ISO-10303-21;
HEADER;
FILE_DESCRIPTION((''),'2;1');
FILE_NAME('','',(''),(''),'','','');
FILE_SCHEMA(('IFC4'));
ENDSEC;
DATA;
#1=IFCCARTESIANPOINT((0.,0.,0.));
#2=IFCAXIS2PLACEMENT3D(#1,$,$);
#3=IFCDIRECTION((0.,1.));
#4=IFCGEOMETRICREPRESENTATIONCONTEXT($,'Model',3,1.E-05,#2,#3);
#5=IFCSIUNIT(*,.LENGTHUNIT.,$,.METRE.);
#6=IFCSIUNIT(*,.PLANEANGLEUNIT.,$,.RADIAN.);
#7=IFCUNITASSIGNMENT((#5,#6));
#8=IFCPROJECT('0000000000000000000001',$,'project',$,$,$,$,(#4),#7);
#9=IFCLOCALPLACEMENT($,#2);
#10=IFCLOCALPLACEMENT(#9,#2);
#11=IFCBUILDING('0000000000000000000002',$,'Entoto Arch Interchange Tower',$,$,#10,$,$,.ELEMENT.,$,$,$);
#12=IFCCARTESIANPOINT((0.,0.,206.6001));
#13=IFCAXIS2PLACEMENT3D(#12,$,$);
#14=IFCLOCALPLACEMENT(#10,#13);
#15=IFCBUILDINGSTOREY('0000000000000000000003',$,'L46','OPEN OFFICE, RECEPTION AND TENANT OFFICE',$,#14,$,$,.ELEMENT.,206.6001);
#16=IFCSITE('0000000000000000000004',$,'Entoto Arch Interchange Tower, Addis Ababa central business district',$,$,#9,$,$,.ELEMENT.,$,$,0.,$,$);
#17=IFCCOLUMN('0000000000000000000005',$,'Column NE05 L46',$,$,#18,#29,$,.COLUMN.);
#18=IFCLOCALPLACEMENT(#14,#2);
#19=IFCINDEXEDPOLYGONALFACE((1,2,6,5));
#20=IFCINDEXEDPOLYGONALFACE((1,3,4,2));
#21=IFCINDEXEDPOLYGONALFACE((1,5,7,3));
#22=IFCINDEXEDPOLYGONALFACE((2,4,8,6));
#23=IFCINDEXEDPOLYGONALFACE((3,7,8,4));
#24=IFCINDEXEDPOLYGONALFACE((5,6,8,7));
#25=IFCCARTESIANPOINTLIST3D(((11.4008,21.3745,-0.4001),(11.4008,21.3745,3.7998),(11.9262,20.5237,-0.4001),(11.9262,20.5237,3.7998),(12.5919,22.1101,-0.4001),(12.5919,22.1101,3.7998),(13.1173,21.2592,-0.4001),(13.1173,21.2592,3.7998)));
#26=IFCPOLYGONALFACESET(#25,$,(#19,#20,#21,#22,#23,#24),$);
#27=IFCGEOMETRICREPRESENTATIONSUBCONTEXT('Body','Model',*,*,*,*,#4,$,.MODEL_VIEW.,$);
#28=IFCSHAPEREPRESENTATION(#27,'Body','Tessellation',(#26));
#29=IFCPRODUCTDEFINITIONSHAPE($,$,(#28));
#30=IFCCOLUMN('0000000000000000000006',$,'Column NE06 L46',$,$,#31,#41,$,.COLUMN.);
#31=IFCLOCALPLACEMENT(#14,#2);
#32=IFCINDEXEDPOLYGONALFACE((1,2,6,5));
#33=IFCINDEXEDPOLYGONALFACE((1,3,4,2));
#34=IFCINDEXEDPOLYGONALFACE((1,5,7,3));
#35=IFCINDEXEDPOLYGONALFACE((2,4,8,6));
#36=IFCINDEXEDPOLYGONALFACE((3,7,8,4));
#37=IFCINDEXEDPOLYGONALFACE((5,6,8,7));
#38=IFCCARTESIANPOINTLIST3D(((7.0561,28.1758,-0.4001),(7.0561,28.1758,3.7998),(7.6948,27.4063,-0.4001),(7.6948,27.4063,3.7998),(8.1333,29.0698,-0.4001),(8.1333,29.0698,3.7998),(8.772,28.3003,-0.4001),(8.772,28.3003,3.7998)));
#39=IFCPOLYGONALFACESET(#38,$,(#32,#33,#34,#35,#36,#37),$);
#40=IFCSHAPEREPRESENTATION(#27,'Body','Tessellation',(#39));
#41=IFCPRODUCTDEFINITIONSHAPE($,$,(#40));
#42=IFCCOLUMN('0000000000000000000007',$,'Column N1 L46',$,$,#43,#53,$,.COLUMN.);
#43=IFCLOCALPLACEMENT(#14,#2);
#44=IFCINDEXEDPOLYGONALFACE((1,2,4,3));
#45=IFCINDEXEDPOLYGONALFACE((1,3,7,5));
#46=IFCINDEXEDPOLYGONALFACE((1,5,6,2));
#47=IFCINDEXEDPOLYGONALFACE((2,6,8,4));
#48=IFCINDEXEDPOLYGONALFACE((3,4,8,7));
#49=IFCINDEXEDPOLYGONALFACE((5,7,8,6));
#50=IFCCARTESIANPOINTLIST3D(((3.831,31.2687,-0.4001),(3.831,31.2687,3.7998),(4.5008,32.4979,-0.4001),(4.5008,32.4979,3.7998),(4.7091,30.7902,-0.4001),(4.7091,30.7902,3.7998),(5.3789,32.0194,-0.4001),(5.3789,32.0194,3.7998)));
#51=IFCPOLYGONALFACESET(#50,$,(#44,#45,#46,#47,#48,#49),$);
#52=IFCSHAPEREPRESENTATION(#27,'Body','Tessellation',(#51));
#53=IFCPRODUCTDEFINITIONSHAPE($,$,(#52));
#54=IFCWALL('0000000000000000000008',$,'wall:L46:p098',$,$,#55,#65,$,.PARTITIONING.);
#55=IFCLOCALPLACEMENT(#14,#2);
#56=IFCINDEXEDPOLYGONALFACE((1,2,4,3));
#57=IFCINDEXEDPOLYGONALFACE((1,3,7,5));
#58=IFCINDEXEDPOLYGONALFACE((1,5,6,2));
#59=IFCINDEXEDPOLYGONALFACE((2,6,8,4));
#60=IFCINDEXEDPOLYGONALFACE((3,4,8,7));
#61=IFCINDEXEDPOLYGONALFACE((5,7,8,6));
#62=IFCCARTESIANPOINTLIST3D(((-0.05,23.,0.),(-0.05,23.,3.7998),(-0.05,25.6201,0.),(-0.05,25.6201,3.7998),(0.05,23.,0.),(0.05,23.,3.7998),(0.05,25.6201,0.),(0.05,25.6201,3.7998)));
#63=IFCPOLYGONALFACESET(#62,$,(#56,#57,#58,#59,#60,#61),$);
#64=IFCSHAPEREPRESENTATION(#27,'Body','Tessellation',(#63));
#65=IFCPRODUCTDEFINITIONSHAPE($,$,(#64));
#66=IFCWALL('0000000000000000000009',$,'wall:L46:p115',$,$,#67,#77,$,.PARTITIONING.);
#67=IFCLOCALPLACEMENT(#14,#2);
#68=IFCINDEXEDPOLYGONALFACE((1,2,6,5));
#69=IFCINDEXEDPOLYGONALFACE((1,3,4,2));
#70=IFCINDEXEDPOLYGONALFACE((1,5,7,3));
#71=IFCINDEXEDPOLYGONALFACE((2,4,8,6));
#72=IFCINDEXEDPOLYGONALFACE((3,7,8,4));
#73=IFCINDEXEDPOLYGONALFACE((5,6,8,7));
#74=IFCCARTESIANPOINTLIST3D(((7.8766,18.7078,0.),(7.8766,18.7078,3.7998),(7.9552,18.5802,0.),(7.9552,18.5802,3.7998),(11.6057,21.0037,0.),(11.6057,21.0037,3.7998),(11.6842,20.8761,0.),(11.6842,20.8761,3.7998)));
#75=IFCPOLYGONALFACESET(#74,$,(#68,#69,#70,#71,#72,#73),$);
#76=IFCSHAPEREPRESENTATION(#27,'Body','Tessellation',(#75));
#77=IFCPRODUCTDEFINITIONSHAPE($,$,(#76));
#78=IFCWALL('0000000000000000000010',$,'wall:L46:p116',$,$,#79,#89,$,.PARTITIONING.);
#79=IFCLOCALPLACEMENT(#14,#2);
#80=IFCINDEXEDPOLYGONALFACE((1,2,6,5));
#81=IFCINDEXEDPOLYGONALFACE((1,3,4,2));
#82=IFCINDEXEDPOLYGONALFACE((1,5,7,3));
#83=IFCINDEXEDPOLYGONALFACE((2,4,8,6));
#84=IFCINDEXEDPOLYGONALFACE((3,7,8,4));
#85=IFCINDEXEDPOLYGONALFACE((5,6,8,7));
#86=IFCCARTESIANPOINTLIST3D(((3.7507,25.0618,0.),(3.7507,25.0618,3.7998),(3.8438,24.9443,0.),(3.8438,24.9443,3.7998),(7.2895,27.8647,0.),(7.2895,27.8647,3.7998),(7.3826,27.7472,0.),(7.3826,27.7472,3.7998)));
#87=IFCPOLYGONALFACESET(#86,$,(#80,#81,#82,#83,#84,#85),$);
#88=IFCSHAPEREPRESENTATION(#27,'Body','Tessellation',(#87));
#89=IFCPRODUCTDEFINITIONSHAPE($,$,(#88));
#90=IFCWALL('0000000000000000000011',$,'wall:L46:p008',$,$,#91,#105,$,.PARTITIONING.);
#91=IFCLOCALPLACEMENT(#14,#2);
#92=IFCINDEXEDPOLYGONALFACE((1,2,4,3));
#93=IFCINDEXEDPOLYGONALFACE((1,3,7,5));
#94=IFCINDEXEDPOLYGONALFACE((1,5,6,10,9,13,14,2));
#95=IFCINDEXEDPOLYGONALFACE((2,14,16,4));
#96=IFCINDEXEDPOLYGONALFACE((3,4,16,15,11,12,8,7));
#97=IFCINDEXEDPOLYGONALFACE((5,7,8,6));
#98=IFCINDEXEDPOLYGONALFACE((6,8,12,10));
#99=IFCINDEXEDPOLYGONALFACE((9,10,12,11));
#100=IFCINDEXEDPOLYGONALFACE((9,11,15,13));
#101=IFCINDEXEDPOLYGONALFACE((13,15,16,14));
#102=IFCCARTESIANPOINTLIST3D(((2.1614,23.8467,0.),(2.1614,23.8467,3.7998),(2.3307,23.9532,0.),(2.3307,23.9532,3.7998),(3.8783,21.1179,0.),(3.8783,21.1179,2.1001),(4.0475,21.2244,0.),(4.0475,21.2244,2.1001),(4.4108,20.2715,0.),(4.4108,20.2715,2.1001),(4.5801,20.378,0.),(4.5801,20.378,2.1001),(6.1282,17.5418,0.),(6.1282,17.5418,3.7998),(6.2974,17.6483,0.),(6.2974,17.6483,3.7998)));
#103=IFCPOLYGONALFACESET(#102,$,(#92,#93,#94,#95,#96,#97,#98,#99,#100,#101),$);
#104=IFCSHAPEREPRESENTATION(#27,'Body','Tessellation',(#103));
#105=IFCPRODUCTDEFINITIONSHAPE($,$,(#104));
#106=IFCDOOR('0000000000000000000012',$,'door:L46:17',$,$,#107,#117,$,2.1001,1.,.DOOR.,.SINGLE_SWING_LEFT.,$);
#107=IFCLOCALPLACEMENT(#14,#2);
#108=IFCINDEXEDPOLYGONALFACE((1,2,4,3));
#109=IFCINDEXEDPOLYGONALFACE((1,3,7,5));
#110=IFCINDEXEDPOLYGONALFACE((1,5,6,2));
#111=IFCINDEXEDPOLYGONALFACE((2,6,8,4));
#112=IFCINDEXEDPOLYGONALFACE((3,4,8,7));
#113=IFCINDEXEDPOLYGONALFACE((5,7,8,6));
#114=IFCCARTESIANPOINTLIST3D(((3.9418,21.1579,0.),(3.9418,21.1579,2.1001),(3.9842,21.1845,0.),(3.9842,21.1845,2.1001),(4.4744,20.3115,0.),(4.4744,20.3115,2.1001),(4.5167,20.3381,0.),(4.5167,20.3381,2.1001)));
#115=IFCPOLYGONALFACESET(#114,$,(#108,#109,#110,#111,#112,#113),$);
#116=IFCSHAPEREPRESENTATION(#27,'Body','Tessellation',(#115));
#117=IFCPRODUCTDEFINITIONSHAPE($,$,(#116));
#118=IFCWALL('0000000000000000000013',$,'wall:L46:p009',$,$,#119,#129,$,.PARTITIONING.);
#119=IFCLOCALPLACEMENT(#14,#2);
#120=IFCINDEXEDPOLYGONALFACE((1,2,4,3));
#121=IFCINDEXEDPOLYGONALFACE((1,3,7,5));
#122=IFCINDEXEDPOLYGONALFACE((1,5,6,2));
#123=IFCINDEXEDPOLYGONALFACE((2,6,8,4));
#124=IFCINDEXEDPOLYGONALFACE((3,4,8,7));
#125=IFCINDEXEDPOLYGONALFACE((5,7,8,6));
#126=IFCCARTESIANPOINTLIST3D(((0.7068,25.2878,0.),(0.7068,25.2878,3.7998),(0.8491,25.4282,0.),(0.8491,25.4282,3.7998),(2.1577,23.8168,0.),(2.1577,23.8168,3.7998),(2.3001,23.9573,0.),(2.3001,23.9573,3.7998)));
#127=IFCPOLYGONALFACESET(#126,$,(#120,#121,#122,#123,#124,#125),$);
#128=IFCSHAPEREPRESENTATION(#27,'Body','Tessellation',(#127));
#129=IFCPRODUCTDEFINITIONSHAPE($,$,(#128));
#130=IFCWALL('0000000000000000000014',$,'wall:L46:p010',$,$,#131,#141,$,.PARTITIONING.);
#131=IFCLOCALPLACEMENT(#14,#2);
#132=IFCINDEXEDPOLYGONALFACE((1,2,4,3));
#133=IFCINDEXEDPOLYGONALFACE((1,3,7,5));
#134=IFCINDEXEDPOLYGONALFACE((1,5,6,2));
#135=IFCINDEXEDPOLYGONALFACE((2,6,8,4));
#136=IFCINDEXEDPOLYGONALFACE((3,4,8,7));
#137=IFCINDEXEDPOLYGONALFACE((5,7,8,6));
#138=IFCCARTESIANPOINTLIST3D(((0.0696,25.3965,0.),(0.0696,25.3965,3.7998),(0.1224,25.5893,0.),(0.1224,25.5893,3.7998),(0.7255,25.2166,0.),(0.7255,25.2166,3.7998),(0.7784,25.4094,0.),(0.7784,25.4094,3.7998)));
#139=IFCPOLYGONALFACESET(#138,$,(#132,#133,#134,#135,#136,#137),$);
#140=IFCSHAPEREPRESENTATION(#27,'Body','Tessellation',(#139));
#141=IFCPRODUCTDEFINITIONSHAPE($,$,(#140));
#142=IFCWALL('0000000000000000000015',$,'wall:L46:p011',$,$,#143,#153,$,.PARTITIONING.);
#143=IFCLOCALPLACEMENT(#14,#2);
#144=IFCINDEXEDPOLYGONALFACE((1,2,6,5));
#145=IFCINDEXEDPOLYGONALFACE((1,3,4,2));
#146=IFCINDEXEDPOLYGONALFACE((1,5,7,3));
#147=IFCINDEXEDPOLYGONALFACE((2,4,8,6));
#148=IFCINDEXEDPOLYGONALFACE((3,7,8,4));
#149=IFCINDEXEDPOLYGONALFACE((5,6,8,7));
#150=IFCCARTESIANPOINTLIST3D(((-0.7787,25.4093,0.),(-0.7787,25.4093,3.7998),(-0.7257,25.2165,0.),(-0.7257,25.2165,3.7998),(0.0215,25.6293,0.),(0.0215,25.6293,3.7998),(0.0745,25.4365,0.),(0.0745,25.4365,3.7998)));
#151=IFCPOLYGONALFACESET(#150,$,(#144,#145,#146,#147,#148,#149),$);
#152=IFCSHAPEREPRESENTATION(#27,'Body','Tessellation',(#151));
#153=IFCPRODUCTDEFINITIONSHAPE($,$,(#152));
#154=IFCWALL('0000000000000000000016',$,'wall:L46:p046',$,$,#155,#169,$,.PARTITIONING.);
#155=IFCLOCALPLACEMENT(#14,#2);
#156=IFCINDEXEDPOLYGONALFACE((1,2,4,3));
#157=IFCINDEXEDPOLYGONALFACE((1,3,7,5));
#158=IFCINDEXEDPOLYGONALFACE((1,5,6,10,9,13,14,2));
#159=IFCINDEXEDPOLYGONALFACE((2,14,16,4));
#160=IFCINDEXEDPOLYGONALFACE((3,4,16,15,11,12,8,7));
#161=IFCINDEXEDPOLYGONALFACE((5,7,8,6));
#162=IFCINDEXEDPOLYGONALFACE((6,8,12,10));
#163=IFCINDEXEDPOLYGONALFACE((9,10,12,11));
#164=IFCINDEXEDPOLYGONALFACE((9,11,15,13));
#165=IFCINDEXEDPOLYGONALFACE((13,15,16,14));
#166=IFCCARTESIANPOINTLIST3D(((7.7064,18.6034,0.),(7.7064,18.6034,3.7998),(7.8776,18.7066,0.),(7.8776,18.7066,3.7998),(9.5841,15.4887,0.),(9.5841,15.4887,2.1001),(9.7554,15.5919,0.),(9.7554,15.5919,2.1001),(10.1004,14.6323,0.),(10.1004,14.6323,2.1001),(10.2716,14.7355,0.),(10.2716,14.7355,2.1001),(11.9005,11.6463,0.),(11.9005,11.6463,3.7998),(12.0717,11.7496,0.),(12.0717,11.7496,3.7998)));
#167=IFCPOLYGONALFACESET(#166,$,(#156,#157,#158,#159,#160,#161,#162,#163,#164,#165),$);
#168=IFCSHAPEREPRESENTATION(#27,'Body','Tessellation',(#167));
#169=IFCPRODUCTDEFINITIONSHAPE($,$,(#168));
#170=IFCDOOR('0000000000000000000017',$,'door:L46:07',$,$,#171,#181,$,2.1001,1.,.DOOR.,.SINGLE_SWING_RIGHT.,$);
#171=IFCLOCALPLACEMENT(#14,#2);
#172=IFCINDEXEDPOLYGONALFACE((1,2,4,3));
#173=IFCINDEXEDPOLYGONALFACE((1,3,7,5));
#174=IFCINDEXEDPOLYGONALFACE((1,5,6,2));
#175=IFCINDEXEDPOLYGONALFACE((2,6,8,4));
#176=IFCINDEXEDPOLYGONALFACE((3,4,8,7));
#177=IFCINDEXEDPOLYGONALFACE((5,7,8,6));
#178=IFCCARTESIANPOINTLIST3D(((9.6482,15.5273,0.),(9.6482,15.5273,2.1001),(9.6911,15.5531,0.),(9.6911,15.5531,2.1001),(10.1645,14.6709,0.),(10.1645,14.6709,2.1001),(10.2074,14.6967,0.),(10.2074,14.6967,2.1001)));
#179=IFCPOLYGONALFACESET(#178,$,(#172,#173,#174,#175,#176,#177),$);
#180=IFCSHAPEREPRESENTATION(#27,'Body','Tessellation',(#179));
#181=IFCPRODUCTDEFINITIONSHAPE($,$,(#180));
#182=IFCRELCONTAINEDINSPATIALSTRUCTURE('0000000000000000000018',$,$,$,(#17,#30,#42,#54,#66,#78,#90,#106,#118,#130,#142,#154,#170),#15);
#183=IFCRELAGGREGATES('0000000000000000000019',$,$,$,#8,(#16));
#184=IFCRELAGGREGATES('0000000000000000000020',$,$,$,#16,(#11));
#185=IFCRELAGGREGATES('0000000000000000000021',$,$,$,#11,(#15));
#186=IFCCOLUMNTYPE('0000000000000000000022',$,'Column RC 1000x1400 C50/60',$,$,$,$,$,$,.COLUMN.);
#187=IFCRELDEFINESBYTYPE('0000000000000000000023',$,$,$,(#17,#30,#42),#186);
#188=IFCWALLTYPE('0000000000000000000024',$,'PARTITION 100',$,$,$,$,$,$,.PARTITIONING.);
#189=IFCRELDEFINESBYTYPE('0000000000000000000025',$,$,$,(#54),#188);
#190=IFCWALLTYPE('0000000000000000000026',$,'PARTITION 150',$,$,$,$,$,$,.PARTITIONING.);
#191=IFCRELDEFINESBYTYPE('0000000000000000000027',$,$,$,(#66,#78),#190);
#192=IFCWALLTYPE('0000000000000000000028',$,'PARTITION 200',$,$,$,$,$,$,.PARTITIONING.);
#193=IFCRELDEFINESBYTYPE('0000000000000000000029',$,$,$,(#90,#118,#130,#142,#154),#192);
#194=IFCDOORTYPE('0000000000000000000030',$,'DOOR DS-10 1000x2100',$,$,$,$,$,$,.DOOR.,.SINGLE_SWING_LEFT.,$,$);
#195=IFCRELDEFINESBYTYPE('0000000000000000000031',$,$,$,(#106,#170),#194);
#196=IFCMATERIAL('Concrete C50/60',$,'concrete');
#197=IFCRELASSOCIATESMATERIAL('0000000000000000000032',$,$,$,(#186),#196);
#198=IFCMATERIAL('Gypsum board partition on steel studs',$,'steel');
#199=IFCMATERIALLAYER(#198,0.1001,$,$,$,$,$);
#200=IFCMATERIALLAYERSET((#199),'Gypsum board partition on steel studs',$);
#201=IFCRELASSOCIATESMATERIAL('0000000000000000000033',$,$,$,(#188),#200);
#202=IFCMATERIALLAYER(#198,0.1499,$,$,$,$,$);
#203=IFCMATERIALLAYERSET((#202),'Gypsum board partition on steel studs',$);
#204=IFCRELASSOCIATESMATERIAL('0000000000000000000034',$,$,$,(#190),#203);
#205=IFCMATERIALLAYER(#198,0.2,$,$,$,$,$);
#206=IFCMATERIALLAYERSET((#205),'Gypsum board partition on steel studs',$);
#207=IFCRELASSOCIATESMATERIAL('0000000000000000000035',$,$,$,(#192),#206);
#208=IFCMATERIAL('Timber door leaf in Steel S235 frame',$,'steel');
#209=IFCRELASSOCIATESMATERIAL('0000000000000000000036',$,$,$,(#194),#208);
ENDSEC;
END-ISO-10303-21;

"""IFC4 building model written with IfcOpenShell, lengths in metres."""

from ifc_helpers import new_model, si_unit, direction, frame, frame_2d, origin, origin_2d, place, context, subcontext, project, spatial, rectangle, extrude, material, layer, layer_set, material_profile, profile_set, type_object, element, fill, save


model = new_model("IFC4")

# Units and contexts
model_context = context("Model", 3, precision=1e-05, world=origin(), true_north=direction((0.0, 1.0)))
body_context = subcontext(model_context, "Body", "Model", "MODEL_VIEW")
ifc_project = project(units=[si_unit("LENGTHUNIT", "METRE"), si_unit("PLANEANGLEUNIT", "RADIAN")], contexts=[model_context])

# Site, building, storey
site_placement = place(None, origin())
site = spatial("IfcSite", under=ifc_project, at=site_placement, Name="Entoto Arch Interchange Tower, Addis Ababa central business district", CompositionType="ELEMENT", RefElevation=0.0)
building_placement = place(site_placement, origin())
building = spatial("IfcBuilding", under=site, at=building_placement, Name="Entoto Arch Interchange Tower", CompositionType="ELEMENT")
storey_placement = place(building_placement, frame((0.0, 0.0, 206.6001)))
storey = spatial("IfcBuildingStorey", under=building, at=storey_placement, Name="L46", Description="OPEN OFFICE, RECEPTION AND TENANT OFFICE", CompositionType="ELEMENT", Elevation=206.6001)

# Columns
ifc_material_1 = material(Name="Concrete C50/60", Category="concrete")
ifc_material_profile = material_profile(ifc_material_1, rectangle(XDim=1.0, YDim=1.3999, at=origin_2d()))
ifc_profile_set = profile_set([ifc_material_profile], Name="Concrete C50/60")
column_type = type_object("IfcColumnType", Name="Column RC 1000x1400 C50/60", PredefinedType="COLUMN", material=ifc_profile_set)
for number, where, z_axis, x_axis, name in (
    (1, (12.259, 21.3169, -0.4001), (0.0, 0.0, 1.0), (-0.525427, 0.850839, 0.0), "Column NE05 L46"),
    (2, (7.9141, 28.238, -0.4001), (0.0, 0.0, 1.0), (-0.63866, 0.769489, 0.0), "Column NE06 L46"),
    (3, (4.605, 31.644, -0.4001), (0.0, 0.0, 1.0), (-0.8781, 0.478477, 0.0), "Column N1 L46"),
):
    element("IfcColumn", number, at=place(storey_placement, frame(where, z_axis=z_axis, x_axis=x_axis)), inside=storey, type_object=column_type, Name=name, PredefinedType="COLUMN", context=body_context, shape_type="SweptSolid", body=[
        extrude(rectangle(XDim=1.0, YDim=1.3999, at=origin_2d()), origin(), (0.0, 0.0, 1.0), 4.2),
    ])

# Walls
ifc_material_2 = material(Name="Gypsum board partition on steel studs", Category="steel")
ifc_layer_1 = layer(ifc_material_2, 0.1001)
ifc_layer_set_1 = layer_set([ifc_layer_1], Name="Gypsum board partition on steel studs")
wall_type_1 = type_object("IfcWallType", Name="PARTITION 100", PredefinedType="PARTITIONING", material=ifc_layer_set_1)
wall_1_placement = place(storey_placement, frame((0.0, 23.0, 0.0), z_axis=(0.0, 0.0, 1.0), x_axis=(0.0, 1.0, 0.0)))
element("IfcWall", 4, at=wall_1_placement, inside=storey, type_object=wall_type_1, Name="wall:L46:p098", PredefinedType="PARTITIONING", context=body_context, shape_type="SweptSolid", body=[
    extrude(rectangle(XDim=2.6201, YDim=0.1001, at=frame_2d((1.3101, 0.0))), origin(), (0.0, 0.0, 1.0), 3.7998),
])
ifc_layer_2 = layer(ifc_material_2, 0.1499)
ifc_layer_set_2 = layer_set([ifc_layer_2], Name="Gypsum board partition on steel studs")
wall_type_2 = type_object("IfcWallType", Name="PARTITION 150", PredefinedType="PARTITIONING", material=ifc_layer_set_2)
wall_2_placement = place(storey_placement, frame((7.916, 18.644, 0.0), z_axis=(0.0, 0.0, 1.0), x_axis=(0.851543, 0.524284, 0.0)))
element("IfcWall", 5, at=wall_2_placement, inside=storey, type_object=wall_type_2, Name="wall:L46:p115", PredefinedType="PARTITIONING", context=body_context, shape_type="SweptSolid", body=[
    extrude(rectangle(XDim=4.3792, YDim=0.1499, at=frame_2d((2.1895, 0.0))), origin(), (0.0, 0.0, 1.0), 3.7998),
])
wall_3_placement = place(storey_placement, frame((3.7971, 25.0029, 0.0), z_axis=(0.0, 0.0, 1.0), x_axis=(0.783893, 0.620895, 0.0)))
element("IfcWall", 6, at=wall_3_placement, inside=storey, type_object=wall_type_2, Name="wall:L46:p116", PredefinedType="PARTITIONING", context=body_context, shape_type="SweptSolid", body=[
    extrude(rectangle(XDim=4.5144, YDim=0.1499, at=frame_2d((2.2573, 0.0))), origin(), (0.0, 0.0, 1.0), 3.7998),
])

# Wall, opening, door
ifc_layer_3 = layer(ifc_material_2, 0.2)
ifc_layer_set_3 = layer_set([ifc_layer_3], Name="Gypsum board partition on steel studs")
wall_type_3 = type_object("IfcWallType", Name="PARTITION 200", PredefinedType="PARTITIONING", material=ifc_layer_set_3)
wall_4_placement = place(storey_placement, frame((6.2129, 17.595, 0.0), z_axis=(0.0, 0.0, 1.0), x_axis=(-0.532527, 0.846413, 0.0)))
wall_4 = element("IfcWall", 7, at=wall_4_placement, inside=storey, type_object=wall_type_3, Name="wall:L46:p008", PredefinedType="PARTITIONING", context=body_context, shape_type="SweptSolid", body=[
    extrude(rectangle(XDim=7.449, YDim=0.2, at=frame_2d((3.7246, 0.0))), origin(), (0.0, 0.0, 1.0), 3.7998),
])
opening_1_placement = place(wall_4_placement, frame((3.2251, 0.0, 0.0)))
opening_1 = element("IfcOpeningElement", 8, at=opening_1_placement, cuts=wall_4, PredefinedType="OPENING", context=body_context, shape_type="SweptSolid", body=[
    extrude(rectangle(XDim=1.0, YDim=2.1001, at=frame_2d((0.5, 1.05))), frame((0.0, 0.1099, 0.0), z_axis=(0.0, -1.0, 0.0), x_axis=(1.0, 0.0, 0.0)), (0.0, 0.0, 1.0), 0.22),
])
ifc_material_3 = material(Name="Timber door leaf in Steel S235 frame", Category="steel")
door_type = type_object("IfcDoorType", Name="DOOR DS-10 1000x2100", OperationType="SINGLE_SWING_LEFT", PredefinedType="DOOR", material=ifc_material_3)
door_1_placement = place(opening_1_placement, origin())
door_1 = element("IfcDoor", 9, at=door_1_placement, inside=storey, type_object=door_type, Name="door:L46:17", OperationType="SINGLE_SWING_LEFT", OverallHeight=2.1001, OverallWidth=1.0, PredefinedType="DOOR", context=body_context, shape_type="SweptSolid", body=[
    extrude(rectangle(XDim=1.0, YDim=2.1001, at=frame_2d((0.5, 1.05))), frame((0.0, 0.0249, 0.0), z_axis=(0.0, -1.0, 0.0), x_axis=(1.0, 0.0, 0.0)), (0.0, 0.0, 1.0), 0.05),
])
fill(opening_1, door_1)

# Walls
wall_5_placement = place(storey_placement, frame((2.229, 23.887, 0.0), z_axis=(0.0, 0.0, 1.0), x_axis=(-0.702245, 0.711935, 0.0)))
element("IfcWall", 10, at=wall_5_placement, inside=storey, type_object=wall_type_3, Name="wall:L46:p009", PredefinedType="PARTITIONING", context=body_context, shape_type="SweptSolid", body=[
    extrude(rectangle(XDim=2.0662, YDim=0.2, at=frame_2d((1.0332, 0.0))), origin(), (0.0, 0.0, 1.0), 3.7998),
])
wall_6_placement = place(storey_placement, frame((0.752, 25.313, 0.0), z_axis=(0.0, 0.0, 1.0), x_axis=(-0.964382, 0.264514, 0.0)))
element("IfcWall", 11, at=wall_6_placement, inside=storey, type_object=wall_type_3, Name="wall:L46:p010", PredefinedType="PARTITIONING", context=body_context, shape_type="SweptSolid", body=[
    extrude(rectangle(XDim=0.6802, YDim=0.2, at=frame_2d((0.3401, 0.0))), origin(), (0.0, 0.0, 1.0), 3.7998),
])
wall_7_placement = place(storey_placement, frame((0.0481, 25.533, 0.0), z_axis=(0.0, 0.0, 1.0), x_axis=(-0.964219, -0.265109, 0.0)))
element("IfcWall", 12, at=wall_7_placement, inside=storey, type_object=wall_type_3, Name="wall:L46:p011", PredefinedType="PARTITIONING", context=body_context, shape_type="SweptSolid", body=[
    extrude(rectangle(XDim=0.8298, YDim=0.2, at=frame_2d((0.415, 0.0))), origin(), (0.0, 0.0, 1.0), 3.7998),
])

# Wall, opening, door
wall_8_placement = place(storey_placement, frame((7.792, 18.655, 0.0), z_axis=(0.0, 0.0, 1.0), x_axis=(0.516293, -0.856412, 0.0)))
wall_8 = element("IfcWall", 13, at=wall_8_placement, inside=storey, type_object=wall_type_3, Name="wall:L46:p046", PredefinedType="PARTITIONING", context=body_context, shape_type="SweptSolid", body=[
    extrude(rectangle(XDim=8.1235, YDim=0.2, at=frame_2d((4.0618, 0.0))), origin(), (0.0, 0.0, 1.0), 3.7998),
])
opening_2_placement = place(wall_8_placement, frame((3.637, 0.0, 0.0)))
opening_2 = element("IfcOpeningElement", 14, at=opening_2_placement, cuts=wall_8, PredefinedType="OPENING", context=body_context, shape_type="SweptSolid", body=[
    extrude(rectangle(XDim=1.0, YDim=2.1001, at=frame_2d((0.5, 1.05))), frame((0.0, 0.1099, 0.0), z_axis=(0.0, -1.0, 0.0), x_axis=(1.0, 0.0, 0.0)), (0.0, 0.0, 1.0), 0.22),
])
door_2_placement = place(opening_2_placement, origin())
door_2 = element("IfcDoor", 15, at=door_2_placement, inside=storey, type_object=door_type, Name="door:L46:07", OperationType="SINGLE_SWING_RIGHT", OverallHeight=2.1001, OverallWidth=1.0, PredefinedType="DOOR", context=body_context, shape_type="SweptSolid", body=[
    extrude(rectangle(XDim=1.0, YDim=2.1001, at=frame_2d((0.5, 1.05))), frame((0.0, 0.0249, 0.0), z_axis=(0.0, -1.0, 0.0), x_axis=(1.0, 0.0, 0.0)), (0.0, 0.0, 1.0), 0.05),
])
fill(opening_2, door_2)

save(model, "model.ifc")
